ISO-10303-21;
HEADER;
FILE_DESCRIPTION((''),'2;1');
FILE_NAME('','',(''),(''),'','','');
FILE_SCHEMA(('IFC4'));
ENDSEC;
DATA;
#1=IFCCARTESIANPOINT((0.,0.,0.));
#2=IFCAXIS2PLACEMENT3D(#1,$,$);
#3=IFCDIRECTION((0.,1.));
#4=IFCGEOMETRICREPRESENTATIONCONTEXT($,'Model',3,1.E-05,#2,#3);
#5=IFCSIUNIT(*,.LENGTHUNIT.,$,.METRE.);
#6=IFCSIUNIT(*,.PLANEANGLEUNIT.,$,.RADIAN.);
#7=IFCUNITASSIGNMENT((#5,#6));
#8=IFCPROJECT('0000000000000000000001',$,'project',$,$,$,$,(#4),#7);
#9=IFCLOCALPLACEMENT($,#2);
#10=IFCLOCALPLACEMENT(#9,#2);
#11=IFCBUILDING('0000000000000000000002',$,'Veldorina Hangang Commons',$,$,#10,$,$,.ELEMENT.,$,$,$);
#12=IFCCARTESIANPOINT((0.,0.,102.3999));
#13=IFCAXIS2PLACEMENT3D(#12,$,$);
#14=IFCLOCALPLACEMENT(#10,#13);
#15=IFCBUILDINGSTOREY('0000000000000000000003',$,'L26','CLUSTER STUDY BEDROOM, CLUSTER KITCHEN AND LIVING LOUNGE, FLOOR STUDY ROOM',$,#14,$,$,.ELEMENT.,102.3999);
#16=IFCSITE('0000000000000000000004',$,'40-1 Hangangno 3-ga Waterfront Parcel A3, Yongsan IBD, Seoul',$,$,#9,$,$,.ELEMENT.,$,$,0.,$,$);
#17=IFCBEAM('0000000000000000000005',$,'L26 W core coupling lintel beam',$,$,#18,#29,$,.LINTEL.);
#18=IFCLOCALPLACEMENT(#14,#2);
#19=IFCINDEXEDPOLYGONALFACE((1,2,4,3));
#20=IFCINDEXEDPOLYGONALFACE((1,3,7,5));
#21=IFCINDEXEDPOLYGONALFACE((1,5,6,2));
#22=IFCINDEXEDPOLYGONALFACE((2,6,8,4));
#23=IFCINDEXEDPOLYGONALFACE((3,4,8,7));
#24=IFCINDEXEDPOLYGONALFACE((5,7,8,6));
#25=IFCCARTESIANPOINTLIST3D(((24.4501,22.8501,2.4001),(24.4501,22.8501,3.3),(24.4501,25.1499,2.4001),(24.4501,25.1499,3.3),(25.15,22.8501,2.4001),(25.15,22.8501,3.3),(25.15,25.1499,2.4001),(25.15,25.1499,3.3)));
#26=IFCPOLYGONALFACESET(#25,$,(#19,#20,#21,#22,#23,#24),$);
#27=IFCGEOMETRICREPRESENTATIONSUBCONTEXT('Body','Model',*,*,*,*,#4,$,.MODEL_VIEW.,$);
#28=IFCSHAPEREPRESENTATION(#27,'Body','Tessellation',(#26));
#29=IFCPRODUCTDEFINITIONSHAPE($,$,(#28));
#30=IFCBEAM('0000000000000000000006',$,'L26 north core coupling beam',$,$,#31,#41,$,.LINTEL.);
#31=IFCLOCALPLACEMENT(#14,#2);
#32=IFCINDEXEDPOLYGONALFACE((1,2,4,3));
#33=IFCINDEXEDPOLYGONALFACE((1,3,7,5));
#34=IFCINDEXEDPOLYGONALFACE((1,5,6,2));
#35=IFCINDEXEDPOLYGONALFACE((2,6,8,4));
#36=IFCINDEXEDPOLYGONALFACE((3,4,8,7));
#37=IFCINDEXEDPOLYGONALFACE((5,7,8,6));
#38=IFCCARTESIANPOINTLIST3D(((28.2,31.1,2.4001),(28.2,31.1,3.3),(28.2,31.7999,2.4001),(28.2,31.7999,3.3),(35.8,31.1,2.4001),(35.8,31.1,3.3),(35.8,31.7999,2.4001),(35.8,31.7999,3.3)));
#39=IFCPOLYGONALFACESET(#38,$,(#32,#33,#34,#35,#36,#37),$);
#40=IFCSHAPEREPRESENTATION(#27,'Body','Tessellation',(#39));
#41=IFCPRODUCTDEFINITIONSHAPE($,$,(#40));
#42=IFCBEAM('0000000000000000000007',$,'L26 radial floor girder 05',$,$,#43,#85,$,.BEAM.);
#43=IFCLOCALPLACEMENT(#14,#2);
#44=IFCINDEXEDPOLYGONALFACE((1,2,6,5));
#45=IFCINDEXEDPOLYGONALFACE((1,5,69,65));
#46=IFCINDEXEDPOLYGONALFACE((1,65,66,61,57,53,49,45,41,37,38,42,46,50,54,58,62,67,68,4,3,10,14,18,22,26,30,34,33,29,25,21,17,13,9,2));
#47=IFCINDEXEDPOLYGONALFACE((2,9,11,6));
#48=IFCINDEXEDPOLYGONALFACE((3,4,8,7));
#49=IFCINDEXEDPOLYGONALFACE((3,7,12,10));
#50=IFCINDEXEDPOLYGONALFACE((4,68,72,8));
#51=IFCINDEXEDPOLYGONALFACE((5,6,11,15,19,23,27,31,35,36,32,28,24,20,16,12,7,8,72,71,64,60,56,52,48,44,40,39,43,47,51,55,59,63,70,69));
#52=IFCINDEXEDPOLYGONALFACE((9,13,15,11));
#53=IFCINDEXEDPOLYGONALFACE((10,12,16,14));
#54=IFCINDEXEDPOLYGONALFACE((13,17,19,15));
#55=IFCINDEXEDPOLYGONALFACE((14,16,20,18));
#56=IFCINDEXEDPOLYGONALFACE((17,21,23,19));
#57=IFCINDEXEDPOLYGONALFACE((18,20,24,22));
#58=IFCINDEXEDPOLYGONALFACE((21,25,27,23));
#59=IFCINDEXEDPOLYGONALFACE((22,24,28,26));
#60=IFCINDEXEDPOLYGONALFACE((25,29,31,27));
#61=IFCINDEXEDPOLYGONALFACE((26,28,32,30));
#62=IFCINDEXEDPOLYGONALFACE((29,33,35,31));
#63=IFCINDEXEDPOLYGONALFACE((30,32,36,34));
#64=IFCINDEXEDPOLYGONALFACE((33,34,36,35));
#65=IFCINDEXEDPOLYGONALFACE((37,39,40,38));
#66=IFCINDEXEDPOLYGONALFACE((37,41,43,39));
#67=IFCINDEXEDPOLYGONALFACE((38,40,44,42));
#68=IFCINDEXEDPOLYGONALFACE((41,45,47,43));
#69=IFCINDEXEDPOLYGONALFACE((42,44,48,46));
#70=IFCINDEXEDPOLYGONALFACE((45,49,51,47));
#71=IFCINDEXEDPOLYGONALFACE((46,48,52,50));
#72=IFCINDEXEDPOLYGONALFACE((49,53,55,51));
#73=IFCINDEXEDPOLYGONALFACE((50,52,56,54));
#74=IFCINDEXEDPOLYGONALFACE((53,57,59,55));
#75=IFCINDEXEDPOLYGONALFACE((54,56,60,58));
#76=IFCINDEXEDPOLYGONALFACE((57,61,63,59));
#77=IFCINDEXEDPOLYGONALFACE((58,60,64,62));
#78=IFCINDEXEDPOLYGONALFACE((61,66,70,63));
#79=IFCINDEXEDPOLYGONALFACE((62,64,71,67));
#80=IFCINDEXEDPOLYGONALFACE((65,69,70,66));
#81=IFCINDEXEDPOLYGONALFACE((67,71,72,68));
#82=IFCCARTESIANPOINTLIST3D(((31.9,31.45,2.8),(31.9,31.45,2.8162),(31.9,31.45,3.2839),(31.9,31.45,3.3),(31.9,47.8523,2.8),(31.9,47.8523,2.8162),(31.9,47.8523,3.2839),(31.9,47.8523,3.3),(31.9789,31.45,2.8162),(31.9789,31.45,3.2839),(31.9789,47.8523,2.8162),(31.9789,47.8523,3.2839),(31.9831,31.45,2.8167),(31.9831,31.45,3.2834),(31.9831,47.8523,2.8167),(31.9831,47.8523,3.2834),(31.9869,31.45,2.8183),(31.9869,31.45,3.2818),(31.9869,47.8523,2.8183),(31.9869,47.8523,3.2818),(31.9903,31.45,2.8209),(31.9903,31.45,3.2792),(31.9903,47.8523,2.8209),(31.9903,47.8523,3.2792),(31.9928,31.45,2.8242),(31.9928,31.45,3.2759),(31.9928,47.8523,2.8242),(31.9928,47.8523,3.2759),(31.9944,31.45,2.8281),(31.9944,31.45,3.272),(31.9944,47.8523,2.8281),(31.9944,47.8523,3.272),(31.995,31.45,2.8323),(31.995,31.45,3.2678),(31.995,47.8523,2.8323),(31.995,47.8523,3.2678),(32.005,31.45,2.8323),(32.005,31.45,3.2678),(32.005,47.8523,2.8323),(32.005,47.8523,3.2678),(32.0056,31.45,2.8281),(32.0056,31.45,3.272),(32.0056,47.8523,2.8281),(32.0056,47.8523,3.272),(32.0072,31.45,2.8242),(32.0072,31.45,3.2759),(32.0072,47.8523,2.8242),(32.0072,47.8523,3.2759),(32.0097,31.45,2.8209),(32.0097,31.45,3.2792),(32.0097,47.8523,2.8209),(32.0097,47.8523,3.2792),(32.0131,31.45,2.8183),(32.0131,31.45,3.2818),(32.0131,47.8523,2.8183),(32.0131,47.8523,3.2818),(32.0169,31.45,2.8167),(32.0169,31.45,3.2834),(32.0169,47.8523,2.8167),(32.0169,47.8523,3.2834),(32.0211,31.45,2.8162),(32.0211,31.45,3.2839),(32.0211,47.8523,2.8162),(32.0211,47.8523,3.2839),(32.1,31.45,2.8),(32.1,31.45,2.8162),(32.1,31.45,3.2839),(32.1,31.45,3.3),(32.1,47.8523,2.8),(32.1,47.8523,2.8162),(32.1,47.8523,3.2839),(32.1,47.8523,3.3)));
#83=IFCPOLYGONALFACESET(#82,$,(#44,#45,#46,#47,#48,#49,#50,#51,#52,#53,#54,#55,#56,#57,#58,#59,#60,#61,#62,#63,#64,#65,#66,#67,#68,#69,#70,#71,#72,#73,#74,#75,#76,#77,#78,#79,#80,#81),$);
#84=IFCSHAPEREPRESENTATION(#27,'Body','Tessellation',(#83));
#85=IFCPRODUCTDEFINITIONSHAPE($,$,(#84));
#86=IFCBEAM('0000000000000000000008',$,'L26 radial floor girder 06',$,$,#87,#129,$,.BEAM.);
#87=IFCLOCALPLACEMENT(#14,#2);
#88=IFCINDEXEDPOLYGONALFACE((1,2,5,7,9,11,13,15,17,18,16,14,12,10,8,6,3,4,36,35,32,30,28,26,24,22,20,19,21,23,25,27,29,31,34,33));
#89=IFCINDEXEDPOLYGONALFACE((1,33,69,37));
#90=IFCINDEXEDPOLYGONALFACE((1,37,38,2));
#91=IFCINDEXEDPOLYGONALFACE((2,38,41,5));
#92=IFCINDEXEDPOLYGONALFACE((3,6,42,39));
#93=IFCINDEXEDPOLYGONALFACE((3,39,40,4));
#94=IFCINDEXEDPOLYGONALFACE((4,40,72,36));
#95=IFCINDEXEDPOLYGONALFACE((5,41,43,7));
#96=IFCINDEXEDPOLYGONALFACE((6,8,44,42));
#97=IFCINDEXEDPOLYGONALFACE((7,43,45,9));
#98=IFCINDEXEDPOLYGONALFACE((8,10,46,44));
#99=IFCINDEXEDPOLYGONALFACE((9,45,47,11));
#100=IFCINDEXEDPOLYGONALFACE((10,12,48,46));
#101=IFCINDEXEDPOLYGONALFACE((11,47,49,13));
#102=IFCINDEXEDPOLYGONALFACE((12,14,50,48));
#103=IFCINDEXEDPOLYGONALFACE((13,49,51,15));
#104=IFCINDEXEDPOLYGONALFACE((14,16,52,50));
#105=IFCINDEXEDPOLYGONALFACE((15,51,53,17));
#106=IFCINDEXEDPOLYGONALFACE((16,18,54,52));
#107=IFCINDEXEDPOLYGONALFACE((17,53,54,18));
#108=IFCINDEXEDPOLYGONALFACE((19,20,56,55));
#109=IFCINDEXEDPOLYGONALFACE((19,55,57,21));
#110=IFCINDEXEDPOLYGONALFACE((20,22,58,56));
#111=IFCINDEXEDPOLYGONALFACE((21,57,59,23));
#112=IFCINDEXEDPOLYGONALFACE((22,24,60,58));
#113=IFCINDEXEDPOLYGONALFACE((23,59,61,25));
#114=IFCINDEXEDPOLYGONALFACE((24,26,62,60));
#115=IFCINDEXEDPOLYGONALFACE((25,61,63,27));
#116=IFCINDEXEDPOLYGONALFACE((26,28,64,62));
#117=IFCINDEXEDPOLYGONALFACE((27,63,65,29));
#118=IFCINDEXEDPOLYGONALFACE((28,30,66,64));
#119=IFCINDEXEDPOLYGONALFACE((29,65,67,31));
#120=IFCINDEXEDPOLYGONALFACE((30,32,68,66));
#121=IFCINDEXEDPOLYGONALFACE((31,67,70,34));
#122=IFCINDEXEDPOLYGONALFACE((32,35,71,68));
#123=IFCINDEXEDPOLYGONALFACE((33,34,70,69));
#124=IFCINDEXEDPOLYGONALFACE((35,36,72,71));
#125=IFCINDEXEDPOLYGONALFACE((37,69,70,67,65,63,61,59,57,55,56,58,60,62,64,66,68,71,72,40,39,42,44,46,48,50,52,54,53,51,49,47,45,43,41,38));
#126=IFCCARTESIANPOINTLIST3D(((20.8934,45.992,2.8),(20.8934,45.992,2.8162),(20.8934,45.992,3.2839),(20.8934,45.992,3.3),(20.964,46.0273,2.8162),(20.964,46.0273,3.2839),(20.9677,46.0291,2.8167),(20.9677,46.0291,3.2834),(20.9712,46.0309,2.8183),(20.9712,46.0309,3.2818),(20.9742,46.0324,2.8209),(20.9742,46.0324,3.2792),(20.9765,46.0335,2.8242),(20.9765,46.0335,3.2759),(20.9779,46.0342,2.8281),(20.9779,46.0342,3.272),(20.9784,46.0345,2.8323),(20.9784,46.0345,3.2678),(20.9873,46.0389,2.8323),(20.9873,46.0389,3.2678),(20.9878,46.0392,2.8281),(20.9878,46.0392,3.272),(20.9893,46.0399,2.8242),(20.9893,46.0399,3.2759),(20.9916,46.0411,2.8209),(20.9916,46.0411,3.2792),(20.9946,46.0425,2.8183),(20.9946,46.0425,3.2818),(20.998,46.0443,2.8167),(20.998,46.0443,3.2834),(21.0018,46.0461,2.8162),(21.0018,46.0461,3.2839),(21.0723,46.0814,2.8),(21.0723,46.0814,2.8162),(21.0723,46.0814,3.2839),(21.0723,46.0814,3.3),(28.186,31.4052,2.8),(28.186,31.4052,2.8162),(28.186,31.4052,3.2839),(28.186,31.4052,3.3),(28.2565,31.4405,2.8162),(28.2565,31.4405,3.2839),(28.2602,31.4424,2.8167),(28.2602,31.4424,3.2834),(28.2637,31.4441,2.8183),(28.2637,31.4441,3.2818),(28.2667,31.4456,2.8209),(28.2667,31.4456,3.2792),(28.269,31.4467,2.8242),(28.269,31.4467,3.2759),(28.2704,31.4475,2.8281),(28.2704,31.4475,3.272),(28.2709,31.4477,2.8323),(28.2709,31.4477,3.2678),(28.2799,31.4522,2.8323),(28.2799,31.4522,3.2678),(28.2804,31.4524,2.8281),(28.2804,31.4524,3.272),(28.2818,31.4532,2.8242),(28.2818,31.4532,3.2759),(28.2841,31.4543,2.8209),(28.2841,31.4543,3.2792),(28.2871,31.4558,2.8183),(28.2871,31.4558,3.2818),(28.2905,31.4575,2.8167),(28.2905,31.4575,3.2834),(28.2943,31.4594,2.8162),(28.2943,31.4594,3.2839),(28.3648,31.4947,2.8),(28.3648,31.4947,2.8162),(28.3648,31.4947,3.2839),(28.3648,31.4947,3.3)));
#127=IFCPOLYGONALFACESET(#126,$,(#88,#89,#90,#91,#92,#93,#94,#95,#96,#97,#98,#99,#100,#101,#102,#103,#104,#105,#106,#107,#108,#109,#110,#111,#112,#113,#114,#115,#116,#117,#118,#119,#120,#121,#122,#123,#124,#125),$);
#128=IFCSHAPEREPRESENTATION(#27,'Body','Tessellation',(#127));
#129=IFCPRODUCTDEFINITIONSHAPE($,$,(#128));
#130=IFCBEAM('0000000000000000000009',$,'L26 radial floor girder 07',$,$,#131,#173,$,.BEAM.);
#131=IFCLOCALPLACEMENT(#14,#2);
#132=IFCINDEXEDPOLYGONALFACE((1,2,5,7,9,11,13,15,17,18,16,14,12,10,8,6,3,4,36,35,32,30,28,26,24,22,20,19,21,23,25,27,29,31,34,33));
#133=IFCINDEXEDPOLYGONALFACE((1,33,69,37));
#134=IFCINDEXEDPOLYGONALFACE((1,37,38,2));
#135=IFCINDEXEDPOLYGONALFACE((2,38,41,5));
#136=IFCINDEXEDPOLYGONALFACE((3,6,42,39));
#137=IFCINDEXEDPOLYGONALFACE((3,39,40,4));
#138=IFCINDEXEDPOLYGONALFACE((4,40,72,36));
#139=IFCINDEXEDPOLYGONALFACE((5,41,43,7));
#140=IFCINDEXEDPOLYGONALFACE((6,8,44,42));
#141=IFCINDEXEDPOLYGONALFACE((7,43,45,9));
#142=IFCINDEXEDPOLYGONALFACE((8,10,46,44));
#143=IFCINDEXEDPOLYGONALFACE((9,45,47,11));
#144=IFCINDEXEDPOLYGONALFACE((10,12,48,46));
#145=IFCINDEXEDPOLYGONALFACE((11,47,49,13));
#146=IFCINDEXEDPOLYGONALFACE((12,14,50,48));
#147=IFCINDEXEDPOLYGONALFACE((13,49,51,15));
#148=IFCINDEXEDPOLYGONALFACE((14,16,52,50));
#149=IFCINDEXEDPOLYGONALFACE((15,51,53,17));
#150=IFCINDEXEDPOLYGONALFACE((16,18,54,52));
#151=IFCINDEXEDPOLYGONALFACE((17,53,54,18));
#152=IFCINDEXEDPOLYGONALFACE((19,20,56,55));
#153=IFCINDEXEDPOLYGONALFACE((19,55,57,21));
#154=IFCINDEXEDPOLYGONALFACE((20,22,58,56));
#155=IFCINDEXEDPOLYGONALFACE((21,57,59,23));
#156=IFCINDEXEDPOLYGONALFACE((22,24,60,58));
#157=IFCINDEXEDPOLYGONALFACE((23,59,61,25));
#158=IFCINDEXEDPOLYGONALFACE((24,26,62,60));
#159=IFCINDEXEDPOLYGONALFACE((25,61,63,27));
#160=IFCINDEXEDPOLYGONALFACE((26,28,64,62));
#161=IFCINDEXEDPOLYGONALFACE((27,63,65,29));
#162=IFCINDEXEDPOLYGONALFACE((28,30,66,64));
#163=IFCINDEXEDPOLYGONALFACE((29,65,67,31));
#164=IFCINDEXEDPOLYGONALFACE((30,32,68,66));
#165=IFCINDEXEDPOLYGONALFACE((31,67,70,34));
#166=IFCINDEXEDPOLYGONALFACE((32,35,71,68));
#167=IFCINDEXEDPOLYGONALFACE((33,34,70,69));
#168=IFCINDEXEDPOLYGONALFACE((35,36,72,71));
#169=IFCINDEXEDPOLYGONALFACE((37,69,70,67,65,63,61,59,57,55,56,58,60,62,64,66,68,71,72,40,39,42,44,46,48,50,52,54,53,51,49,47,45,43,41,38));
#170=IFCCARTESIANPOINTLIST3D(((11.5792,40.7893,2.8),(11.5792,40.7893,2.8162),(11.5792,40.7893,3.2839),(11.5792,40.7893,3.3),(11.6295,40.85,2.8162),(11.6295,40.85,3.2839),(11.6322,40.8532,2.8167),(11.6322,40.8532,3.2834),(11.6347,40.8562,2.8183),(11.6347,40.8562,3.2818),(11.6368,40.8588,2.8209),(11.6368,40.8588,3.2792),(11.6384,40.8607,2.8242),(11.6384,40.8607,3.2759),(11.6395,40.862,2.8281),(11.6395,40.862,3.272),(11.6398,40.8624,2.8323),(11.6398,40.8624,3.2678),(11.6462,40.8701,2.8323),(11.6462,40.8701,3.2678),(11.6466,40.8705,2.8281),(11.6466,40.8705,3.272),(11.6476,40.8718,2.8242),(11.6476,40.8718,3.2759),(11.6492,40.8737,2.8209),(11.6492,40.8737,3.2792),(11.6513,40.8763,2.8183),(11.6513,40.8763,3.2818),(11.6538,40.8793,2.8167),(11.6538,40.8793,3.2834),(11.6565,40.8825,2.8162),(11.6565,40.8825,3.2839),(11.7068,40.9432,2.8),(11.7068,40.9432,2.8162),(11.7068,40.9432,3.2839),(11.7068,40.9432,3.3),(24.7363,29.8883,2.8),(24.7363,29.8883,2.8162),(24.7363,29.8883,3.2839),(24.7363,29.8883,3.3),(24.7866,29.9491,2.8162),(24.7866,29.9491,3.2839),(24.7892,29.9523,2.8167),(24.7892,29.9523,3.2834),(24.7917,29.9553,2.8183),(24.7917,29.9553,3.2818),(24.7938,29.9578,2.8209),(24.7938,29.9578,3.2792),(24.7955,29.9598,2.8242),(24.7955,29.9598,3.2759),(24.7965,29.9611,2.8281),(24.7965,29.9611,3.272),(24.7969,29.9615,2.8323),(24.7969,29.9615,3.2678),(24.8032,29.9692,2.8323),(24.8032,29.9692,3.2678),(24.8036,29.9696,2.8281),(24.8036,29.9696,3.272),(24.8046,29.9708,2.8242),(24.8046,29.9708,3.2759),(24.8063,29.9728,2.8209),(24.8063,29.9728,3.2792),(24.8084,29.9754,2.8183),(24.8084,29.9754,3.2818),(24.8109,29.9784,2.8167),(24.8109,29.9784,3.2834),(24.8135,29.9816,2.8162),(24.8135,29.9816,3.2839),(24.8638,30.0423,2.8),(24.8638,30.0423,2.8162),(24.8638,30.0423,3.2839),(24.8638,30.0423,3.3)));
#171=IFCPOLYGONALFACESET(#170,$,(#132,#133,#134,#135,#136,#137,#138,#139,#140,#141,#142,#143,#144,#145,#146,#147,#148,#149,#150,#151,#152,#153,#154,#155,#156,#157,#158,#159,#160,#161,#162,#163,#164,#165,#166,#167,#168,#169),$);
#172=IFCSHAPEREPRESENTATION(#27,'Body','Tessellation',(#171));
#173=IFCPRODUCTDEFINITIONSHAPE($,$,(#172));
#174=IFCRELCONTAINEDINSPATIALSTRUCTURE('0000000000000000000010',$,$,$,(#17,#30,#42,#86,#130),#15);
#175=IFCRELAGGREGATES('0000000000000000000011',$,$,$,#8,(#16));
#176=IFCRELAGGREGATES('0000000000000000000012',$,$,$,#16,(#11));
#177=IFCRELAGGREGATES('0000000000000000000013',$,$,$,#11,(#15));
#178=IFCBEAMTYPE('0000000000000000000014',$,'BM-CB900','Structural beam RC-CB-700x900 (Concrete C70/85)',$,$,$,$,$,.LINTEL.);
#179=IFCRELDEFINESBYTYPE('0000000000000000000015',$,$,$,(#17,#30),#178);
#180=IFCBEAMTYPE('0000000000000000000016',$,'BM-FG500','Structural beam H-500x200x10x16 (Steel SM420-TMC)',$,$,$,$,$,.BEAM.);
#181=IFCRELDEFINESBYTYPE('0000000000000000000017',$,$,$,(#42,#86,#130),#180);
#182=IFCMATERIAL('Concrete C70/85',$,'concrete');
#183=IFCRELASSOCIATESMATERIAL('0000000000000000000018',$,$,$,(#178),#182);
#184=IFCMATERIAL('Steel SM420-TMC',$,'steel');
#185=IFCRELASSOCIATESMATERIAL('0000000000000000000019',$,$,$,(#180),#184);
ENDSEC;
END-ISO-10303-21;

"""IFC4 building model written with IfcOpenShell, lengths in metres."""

from ifc_helpers import new_model, si_unit, direction, frame, origin, origin_2d, place, context, subcontext, project, spatial, rectangle, i_section, extrude, material, material_profile, profile_set, type_object, element, save


model = new_model("IFC4")

# Units and contexts
model_context = context("Model", 3, precision=1e-05, world=origin(), true_north=direction((0.0, 1.0)))
body_context = subcontext(model_context, "Body", "Model", "MODEL_VIEW")
ifc_project = project(units=[si_unit("LENGTHUNIT", "METRE"), si_unit("PLANEANGLEUNIT", "RADIAN")], contexts=[model_context])

# Site, building, storey
site_placement = place(None, origin())
site = spatial("IfcSite", under=ifc_project, at=site_placement, Name="40-1 Hangangno 3-ga Waterfront Parcel A3, Yongsan IBD, Seoul", CompositionType="ELEMENT", RefElevation=0.0)
building_placement = place(site_placement, origin())
building = spatial("IfcBuilding", under=site, at=building_placement, Name="Veldorina Hangang Commons", CompositionType="ELEMENT")
storey_placement = place(building_placement, frame((0.0, 0.0, 102.3999)))
storey = spatial("IfcBuildingStorey", under=building, at=storey_placement, Name="L26", Description="CLUSTER STUDY BEDROOM, CLUSTER KITCHEN AND LIVING LOUNGE, FLOOR STUDY ROOM", CompositionType="ELEMENT", Elevation=102.3999)

# Beams
ifc_material_1 = material(Name="Concrete C70/85", Category="concrete")
ifc_material_profile_1 = material_profile(ifc_material_1, rectangle(XDim=0.7, YDim=0.8999, at=origin_2d()), Name="RC-CB-700x900")
ifc_profile_set_1 = profile_set([ifc_material_profile_1], Name="Concrete C70/85")
beam_type_1 = type_object("IfcBeamType", Name="BM-CB900", Description="Structural beam RC-CB-700x900 (Concrete C70/85)", PredefinedType="LINTEL", material=ifc_profile_set_1)
beam_1_placement = place(storey_placement, frame((24.8, 22.8501, 2.8501), z_axis=(0.0, 1.0, 0.0), x_axis=(-1.0, 0.0, 0.0)))
element("IfcBeam", 1, at=beam_1_placement, inside=storey, type_object=beam_type_1, Name="L26 W core coupling lintel beam", PredefinedType="LINTEL", context=body_context, shape_type="SweptSolid", body=[
    extrude(rectangle(XDim=0.7, YDim=0.8999, at=origin_2d()), origin(), (0.0, 0.0, 1.0), 2.2998),
])
beam_2_placement = place(storey_placement, frame((28.2, 31.45, 2.8501), z_axis=(1.0, 0.0, 0.0), x_axis=(0.0, 1.0, 0.0)))
element("IfcBeam", 2, at=beam_2_placement, inside=storey, type_object=beam_type_1, Name="L26 north core coupling beam", PredefinedType="LINTEL", context=body_context, shape_type="SweptSolid", body=[
    extrude(rectangle(XDim=0.7, YDim=0.8999, at=origin_2d()), origin(), (0.0, 0.0, 1.0), 7.6001),
])
ifc_material_2 = material(Name="Steel SM420-TMC", Category="steel")
ifc_material_profile_2 = material_profile(ifc_material_2, i_section(OverallWidth=0.2, OverallDepth=0.5, WebThickness=0.01, FlangeThickness=0.0161, FilletRadius=0.0161, at=origin_2d()), Name="H-500x200x10x16")
ifc_profile_set_2 = profile_set([ifc_material_profile_2], Name="Steel SM420-TMC")
beam_type_2 = type_object("IfcBeamType", Name="BM-FG500", Description="Structural beam H-500x200x10x16 (Steel SM420-TMC)", PredefinedType="BEAM", material=ifc_profile_set_2)
beam_3_placement = place(storey_placement, frame((32.0, 31.45, 3.05), z_axis=(0.0, 1.0, 0.0), x_axis=(-1.0, 0.0, 0.0)))
element("IfcBeam", 3, at=beam_3_placement, inside=storey, type_object=beam_type_2, Name="L26 radial floor girder 05", PredefinedType="BEAM", context=body_context, shape_type="SweptSolid", body=[
    extrude(i_section(OverallWidth=0.2, OverallDepth=0.5, WebThickness=0.01, FlangeThickness=0.0161, FilletRadius=0.0161, at=origin_2d()), origin(), (0.0, 0.0, 1.0), 16.4023),
])
beam_4_placement = place(storey_placement, frame((28.2754, 31.45, 3.05), z_axis=(-0.447172, 0.894448, 0.0), x_axis=(-0.894448, -0.447172, 0.0)))
element("IfcBeam", 4, at=beam_4_placement, inside=storey, type_object=beam_type_2, Name="L26 radial floor girder 06", PredefinedType="BEAM", context=body_context, shape_type="SweptSolid", body=[
    extrude(i_section(OverallWidth=0.2, OverallDepth=0.5, WebThickness=0.01, FlangeThickness=0.0161, FilletRadius=0.0161, at=origin_2d()), origin(), (0.0, 0.0, 1.0), 16.3081),
])
beam_5_placement = place(storey_placement, frame((24.8, 29.9653, 3.05), z_axis=(-0.770039, 0.637996, 0.0), x_axis=(-0.637996, -0.770039, 0.0)))
element("IfcBeam", 5, at=beam_5_placement, inside=storey, type_object=beam_type_2, Name="L26 radial floor girder 07", PredefinedType="BEAM", context=body_context, shape_type="SweptSolid", body=[
    extrude(i_section(OverallWidth=0.2, OverallDepth=0.5, WebThickness=0.01, FlangeThickness=0.0161, FilletRadius=0.0161, at=origin_2d()), origin(), (0.0, 0.0, 1.0), 17.0862),
])

save(model, "model.ifc")
